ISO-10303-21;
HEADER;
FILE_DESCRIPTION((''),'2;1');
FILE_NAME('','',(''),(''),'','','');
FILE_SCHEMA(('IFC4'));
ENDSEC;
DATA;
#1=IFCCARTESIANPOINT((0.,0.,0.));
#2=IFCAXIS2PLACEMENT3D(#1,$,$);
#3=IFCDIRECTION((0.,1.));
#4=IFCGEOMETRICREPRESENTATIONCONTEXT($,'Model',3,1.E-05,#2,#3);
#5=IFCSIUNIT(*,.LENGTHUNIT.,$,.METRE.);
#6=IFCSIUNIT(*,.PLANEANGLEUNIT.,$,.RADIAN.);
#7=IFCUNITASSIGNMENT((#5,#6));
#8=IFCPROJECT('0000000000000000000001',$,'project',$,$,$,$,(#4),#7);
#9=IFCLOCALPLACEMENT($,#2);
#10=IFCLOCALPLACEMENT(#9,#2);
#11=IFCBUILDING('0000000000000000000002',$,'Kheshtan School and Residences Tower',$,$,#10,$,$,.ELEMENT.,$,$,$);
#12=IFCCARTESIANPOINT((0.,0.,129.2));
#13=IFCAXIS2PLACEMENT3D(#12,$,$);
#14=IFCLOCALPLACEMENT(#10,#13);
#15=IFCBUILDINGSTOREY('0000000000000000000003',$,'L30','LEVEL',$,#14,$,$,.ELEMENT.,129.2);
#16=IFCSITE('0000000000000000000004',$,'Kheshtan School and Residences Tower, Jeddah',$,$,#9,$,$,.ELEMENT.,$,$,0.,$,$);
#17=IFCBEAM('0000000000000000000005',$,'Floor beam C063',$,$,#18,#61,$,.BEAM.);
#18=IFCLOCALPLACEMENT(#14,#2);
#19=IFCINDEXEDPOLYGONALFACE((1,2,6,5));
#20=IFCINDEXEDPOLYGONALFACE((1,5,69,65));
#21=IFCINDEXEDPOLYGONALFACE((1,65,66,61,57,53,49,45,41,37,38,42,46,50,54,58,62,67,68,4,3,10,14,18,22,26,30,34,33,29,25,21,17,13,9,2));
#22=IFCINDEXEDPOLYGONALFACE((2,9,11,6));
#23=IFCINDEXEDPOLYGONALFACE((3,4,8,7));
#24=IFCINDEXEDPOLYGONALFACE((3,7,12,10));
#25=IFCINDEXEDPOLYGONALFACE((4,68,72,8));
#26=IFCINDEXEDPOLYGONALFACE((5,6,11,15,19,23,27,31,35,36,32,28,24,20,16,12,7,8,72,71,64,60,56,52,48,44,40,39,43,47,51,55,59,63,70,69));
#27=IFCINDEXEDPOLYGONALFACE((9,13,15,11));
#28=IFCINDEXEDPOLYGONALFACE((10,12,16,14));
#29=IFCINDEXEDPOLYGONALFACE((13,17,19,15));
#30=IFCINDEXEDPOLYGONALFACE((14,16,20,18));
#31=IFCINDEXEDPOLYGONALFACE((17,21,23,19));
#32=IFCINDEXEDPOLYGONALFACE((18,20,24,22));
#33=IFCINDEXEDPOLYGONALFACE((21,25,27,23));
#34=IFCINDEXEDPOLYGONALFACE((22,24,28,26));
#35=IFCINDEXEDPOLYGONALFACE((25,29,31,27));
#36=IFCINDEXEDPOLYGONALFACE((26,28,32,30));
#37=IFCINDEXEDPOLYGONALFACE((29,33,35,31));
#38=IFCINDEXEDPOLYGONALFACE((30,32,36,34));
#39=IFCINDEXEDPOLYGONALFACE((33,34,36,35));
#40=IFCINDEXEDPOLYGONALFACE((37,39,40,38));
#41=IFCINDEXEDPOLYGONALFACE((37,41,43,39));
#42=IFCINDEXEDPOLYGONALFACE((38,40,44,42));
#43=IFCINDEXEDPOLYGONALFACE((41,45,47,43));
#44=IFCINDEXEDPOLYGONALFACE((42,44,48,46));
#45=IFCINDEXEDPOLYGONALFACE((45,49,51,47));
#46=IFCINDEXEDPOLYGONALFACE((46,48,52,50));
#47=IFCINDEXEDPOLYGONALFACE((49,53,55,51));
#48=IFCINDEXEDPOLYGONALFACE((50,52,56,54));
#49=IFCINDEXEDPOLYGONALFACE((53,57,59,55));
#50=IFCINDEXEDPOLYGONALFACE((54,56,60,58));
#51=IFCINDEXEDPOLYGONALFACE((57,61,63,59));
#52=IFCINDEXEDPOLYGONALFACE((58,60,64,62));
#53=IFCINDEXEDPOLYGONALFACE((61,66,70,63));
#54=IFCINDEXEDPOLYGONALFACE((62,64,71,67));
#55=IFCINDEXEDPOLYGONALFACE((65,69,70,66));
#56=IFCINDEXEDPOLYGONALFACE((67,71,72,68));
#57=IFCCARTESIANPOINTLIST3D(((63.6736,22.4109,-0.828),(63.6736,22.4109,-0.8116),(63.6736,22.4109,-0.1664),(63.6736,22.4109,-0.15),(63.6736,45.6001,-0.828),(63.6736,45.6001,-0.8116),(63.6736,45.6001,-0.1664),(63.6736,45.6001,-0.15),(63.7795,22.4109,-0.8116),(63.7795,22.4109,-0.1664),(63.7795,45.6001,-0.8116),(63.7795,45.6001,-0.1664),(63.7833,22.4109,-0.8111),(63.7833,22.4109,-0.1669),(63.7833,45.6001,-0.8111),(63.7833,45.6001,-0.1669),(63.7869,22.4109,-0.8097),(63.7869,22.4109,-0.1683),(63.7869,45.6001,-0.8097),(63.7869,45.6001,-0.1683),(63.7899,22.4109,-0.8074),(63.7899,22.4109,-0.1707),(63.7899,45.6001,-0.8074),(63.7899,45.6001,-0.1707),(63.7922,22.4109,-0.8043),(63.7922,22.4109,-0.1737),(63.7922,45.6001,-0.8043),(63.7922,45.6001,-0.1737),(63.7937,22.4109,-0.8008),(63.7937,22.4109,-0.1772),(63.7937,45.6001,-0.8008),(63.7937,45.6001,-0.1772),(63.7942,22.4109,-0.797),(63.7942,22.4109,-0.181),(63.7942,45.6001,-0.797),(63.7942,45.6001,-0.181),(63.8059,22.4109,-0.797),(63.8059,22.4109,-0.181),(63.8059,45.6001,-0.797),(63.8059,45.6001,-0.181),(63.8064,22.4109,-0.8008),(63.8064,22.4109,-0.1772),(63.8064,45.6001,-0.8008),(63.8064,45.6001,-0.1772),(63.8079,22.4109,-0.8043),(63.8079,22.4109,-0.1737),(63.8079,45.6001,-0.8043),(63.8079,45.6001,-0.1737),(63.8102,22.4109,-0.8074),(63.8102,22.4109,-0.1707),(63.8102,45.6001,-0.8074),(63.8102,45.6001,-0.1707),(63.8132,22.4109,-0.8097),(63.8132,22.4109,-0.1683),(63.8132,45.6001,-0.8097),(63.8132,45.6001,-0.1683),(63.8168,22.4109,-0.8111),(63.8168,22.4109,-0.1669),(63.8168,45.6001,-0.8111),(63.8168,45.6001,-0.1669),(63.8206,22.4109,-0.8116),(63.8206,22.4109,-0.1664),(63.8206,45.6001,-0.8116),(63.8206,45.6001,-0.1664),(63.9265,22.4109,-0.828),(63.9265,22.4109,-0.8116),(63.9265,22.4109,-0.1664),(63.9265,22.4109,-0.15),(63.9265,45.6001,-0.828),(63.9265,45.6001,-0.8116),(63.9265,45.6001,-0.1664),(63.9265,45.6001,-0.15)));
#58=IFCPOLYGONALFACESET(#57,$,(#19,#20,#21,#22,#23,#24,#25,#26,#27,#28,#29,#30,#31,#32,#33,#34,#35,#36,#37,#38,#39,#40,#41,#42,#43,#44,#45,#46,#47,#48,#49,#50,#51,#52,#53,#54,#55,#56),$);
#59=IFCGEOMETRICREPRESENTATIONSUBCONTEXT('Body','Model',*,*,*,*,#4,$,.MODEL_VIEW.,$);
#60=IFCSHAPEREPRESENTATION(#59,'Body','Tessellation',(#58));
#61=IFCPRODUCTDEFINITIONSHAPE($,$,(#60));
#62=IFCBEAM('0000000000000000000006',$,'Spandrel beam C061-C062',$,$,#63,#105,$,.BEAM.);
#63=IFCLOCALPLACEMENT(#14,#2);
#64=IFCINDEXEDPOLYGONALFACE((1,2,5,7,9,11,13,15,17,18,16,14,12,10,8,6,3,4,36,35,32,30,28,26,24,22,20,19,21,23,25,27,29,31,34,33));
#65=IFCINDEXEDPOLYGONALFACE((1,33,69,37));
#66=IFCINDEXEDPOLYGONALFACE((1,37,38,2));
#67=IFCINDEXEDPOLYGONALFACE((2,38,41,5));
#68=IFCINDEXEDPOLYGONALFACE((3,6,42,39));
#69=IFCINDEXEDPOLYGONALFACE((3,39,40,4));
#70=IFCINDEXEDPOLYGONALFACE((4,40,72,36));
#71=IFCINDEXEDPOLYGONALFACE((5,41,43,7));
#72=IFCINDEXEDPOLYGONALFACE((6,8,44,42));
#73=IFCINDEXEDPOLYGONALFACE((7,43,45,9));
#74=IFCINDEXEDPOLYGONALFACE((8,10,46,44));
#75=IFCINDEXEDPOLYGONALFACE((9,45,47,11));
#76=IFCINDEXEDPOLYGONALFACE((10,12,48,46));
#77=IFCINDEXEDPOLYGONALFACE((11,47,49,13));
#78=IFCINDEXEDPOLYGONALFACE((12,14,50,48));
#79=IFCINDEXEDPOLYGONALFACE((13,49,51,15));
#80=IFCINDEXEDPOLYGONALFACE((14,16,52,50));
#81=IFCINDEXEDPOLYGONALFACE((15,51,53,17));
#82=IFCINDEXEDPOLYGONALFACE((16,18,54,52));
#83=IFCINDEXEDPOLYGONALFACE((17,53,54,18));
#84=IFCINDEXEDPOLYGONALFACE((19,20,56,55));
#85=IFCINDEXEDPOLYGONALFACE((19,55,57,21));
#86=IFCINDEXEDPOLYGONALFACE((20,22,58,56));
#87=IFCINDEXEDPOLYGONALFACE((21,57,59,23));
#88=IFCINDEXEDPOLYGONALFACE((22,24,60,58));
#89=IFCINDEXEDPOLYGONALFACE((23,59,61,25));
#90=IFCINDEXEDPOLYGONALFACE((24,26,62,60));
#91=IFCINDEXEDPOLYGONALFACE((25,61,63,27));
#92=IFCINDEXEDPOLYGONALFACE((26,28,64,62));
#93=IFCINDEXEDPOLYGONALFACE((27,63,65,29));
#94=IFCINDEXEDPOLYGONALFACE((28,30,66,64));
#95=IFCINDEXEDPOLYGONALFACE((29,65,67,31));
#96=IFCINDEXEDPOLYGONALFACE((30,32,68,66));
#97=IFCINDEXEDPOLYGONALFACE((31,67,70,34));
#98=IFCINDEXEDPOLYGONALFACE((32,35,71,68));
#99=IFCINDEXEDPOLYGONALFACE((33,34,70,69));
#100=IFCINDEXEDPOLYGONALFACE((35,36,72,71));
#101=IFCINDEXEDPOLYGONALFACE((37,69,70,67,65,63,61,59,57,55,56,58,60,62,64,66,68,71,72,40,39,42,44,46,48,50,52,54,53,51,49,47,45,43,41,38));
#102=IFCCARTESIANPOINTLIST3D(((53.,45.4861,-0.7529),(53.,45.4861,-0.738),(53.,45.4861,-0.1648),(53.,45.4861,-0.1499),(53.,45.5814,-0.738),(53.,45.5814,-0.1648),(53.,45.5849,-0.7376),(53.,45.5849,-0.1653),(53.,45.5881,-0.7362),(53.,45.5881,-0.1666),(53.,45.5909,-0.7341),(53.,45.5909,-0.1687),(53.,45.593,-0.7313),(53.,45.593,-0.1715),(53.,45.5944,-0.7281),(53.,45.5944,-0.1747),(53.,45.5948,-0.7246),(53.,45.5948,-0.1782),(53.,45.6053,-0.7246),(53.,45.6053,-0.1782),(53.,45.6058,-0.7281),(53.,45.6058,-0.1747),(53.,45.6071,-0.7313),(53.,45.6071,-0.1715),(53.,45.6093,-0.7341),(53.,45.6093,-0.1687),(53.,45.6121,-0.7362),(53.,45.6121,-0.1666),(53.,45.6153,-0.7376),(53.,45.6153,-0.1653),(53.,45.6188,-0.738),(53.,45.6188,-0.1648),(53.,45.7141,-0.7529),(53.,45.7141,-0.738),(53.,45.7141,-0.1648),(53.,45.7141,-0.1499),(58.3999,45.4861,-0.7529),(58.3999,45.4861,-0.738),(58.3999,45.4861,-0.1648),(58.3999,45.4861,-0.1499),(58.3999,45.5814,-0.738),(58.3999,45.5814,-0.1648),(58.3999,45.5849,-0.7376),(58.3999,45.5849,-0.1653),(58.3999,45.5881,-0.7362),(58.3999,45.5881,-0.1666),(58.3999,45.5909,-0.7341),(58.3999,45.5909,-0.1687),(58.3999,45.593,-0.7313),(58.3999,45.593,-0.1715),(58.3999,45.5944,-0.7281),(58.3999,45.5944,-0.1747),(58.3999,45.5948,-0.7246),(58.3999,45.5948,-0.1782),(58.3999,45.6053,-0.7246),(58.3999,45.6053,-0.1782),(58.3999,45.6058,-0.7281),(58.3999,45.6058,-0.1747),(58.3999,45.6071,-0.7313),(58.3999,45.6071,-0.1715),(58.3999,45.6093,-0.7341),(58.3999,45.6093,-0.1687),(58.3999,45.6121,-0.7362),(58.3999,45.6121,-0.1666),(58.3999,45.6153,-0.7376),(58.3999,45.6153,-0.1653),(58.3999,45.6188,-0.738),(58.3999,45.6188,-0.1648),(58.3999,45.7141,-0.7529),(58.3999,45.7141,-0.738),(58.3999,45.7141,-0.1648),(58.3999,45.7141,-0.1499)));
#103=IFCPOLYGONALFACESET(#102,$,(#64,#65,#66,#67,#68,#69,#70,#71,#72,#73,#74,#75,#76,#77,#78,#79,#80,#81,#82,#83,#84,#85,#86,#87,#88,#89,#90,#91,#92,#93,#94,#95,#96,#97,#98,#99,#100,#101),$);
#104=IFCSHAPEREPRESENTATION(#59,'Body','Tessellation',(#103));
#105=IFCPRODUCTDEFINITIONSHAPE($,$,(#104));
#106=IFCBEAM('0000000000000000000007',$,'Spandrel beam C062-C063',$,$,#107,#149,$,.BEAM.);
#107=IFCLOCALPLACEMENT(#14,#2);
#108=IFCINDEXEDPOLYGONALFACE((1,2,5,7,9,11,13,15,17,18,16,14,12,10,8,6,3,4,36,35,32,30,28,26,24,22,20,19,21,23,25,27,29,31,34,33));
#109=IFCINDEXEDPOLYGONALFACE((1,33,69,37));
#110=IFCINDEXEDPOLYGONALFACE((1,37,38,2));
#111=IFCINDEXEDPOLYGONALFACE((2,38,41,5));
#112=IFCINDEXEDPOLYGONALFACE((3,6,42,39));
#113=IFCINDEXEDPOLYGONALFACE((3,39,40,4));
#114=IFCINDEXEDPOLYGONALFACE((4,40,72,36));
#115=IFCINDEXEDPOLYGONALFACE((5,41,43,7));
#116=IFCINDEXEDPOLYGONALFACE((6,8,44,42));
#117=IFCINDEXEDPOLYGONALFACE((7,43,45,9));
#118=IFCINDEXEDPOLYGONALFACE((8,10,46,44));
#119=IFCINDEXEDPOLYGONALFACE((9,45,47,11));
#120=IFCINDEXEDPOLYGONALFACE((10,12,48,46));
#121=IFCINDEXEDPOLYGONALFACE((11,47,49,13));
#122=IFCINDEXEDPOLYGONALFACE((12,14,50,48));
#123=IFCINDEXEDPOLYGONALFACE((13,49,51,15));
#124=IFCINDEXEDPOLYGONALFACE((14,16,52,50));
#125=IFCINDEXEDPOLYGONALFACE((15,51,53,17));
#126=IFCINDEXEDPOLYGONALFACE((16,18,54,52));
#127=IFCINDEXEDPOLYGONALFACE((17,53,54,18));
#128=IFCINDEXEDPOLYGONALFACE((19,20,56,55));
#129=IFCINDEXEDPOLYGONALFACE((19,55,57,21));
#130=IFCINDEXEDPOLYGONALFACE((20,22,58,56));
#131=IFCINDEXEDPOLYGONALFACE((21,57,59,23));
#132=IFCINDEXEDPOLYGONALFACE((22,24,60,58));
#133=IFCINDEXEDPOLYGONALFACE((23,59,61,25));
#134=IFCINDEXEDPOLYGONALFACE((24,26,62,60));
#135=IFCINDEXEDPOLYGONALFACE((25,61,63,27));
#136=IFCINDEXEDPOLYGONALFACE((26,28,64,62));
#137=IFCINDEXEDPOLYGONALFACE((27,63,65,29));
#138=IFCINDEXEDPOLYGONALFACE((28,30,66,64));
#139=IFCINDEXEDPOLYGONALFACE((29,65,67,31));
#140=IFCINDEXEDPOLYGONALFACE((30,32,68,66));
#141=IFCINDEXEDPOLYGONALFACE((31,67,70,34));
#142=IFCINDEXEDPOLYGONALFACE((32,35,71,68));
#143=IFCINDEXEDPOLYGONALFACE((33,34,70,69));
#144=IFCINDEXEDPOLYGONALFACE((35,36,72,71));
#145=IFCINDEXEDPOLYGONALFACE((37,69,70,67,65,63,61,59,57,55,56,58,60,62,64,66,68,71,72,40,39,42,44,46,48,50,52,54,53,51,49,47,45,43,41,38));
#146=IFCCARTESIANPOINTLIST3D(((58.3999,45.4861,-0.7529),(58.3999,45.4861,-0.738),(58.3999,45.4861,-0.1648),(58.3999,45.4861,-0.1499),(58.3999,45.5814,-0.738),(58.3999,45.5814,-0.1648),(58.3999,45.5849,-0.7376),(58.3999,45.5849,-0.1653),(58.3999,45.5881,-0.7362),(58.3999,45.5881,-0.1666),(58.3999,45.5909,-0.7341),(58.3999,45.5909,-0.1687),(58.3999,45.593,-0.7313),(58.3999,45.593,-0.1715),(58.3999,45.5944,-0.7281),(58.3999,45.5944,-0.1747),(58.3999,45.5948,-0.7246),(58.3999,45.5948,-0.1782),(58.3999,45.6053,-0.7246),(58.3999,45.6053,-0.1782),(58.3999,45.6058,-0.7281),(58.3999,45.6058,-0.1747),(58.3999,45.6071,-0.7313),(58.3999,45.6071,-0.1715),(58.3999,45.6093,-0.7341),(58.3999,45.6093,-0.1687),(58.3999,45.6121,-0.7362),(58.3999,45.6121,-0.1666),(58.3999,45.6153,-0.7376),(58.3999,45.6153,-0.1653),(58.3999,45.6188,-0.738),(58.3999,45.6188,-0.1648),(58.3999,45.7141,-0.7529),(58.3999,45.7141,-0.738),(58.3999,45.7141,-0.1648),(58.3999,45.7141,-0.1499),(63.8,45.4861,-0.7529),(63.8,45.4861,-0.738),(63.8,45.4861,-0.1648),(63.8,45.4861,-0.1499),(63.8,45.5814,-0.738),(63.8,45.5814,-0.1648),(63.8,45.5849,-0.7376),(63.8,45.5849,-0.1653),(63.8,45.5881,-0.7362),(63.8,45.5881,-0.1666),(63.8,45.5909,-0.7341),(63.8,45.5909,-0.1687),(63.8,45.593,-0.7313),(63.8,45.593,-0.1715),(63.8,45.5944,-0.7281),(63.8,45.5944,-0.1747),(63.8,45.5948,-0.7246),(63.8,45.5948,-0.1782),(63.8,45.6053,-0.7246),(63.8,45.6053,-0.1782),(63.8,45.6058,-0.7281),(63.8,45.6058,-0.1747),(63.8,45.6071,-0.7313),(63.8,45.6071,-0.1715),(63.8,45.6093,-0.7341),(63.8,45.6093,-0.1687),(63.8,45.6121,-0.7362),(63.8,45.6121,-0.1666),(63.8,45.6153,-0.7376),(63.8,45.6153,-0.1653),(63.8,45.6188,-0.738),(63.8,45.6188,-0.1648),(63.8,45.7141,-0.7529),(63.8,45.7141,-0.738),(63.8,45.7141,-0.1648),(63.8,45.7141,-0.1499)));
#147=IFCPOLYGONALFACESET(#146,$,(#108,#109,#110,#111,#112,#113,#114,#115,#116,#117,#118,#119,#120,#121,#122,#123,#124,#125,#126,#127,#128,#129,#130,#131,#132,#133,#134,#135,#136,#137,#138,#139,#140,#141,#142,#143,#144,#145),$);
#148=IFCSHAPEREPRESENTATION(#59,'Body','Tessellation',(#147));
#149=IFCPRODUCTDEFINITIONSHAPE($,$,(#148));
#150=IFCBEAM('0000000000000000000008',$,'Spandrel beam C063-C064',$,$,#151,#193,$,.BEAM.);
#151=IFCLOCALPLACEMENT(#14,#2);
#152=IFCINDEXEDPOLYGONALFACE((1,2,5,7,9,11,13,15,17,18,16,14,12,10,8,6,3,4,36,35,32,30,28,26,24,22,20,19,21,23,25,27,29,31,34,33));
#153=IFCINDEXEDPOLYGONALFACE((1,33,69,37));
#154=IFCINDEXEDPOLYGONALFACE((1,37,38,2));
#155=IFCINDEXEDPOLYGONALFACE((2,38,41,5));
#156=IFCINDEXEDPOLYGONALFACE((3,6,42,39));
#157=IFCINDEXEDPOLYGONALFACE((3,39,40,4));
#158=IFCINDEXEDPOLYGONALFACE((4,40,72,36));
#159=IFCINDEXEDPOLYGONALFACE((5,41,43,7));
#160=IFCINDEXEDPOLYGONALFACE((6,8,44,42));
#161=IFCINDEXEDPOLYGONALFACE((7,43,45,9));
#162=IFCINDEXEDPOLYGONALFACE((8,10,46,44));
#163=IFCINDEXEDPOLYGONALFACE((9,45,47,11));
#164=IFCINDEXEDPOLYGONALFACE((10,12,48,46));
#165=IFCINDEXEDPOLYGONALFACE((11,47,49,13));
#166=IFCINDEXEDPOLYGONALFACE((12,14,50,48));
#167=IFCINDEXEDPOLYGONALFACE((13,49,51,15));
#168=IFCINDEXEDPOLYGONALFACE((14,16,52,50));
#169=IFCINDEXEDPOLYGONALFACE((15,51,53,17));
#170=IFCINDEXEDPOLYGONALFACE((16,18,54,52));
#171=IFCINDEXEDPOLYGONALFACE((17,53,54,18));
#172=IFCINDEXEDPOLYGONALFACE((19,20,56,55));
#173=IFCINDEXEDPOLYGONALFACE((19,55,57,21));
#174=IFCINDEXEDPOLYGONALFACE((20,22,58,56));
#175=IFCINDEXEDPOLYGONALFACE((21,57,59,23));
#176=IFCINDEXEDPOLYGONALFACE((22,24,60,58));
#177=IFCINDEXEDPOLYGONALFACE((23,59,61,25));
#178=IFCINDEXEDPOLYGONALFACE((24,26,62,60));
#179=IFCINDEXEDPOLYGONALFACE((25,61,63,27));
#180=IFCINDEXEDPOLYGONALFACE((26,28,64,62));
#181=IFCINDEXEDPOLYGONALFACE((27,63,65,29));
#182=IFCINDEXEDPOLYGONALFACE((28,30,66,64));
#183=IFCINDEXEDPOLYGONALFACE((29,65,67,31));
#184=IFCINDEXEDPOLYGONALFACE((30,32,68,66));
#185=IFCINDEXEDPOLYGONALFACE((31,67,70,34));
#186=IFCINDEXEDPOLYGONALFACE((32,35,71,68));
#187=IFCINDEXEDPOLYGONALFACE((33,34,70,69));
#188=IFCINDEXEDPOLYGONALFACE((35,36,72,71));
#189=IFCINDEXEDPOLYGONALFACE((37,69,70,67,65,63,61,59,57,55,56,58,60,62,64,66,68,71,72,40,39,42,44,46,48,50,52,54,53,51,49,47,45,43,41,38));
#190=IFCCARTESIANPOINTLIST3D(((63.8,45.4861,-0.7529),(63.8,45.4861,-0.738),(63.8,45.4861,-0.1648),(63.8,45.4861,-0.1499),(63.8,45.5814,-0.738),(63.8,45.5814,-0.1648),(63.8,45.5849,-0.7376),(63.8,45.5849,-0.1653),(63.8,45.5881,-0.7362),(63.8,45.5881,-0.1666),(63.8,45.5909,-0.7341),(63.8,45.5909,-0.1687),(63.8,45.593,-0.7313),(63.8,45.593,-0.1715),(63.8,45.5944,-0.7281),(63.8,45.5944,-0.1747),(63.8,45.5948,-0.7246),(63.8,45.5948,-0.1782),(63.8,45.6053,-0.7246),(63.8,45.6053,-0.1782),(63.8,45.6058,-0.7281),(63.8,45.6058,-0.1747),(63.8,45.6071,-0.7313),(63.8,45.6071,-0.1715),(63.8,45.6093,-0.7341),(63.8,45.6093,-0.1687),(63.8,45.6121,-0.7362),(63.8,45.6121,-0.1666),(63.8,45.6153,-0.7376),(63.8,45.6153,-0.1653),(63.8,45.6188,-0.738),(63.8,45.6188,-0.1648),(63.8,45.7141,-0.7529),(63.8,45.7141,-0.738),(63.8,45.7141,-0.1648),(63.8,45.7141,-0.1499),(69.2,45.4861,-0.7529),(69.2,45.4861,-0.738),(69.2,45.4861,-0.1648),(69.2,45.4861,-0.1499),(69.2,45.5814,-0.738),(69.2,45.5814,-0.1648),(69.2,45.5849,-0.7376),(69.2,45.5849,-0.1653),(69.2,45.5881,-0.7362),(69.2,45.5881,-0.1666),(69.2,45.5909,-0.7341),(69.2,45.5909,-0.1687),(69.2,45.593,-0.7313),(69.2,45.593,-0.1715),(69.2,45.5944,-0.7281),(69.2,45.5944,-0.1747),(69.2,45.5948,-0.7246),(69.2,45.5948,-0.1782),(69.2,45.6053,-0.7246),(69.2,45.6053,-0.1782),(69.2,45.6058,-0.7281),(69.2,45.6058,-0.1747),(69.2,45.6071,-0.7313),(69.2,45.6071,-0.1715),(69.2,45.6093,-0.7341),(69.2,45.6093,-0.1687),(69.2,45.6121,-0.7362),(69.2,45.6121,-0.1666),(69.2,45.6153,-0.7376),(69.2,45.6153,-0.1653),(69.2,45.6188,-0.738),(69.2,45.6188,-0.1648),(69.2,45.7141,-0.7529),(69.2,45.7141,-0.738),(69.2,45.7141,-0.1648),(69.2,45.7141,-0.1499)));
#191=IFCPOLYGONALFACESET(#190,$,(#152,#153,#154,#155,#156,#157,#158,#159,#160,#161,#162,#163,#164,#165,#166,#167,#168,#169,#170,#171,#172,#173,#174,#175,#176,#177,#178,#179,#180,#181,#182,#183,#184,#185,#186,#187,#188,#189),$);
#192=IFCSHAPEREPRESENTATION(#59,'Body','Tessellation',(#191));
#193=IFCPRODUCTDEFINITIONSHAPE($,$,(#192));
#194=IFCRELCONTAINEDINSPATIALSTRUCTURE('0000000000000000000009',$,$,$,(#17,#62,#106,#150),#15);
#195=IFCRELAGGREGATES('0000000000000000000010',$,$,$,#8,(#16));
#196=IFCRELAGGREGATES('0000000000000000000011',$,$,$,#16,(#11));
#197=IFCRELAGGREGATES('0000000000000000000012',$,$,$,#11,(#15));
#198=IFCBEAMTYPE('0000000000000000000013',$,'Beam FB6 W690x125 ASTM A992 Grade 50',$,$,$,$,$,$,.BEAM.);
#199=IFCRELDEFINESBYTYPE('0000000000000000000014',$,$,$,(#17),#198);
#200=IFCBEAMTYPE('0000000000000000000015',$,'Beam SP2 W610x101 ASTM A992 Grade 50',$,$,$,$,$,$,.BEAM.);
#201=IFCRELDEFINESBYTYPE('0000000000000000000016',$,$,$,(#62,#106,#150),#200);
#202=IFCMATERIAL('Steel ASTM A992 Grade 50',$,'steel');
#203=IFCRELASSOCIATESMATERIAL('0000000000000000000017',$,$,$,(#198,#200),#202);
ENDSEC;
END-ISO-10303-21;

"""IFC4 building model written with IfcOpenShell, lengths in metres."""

from ifc_helpers import new_model, si_unit, direction, frame, origin, origin_2d, place, context, subcontext, project, spatial, i_section, extrude, material, material_profile, profile_set, type_object, element, save


model = new_model("IFC4")

# Units and contexts
model_context = context("Model", 3, precision=1e-05, world=origin(), true_north=direction((0.0, 1.0)))
body_context = subcontext(model_context, "Body", "Model", "MODEL_VIEW")
ifc_project = project(units=[si_unit("LENGTHUNIT", "METRE"), si_unit("PLANEANGLEUNIT", "RADIAN")], contexts=[model_context])

# Site, building, storey
site_placement = place(None, origin())
site = spatial("IfcSite", under=ifc_project, at=site_placement, Name="Kheshtan School and Residences Tower, Jeddah", CompositionType="ELEMENT", RefElevation=0.0)
building_placement = place(site_placement, origin())
building = spatial("IfcBuilding", under=site, at=building_placement, Name="Kheshtan School and Residences Tower", CompositionType="ELEMENT")
storey_placement = place(building_placement, frame((0.0, 0.0, 129.2)))
storey = spatial("IfcBuildingStorey", under=building, at=storey_placement, Name="L30", Description="LEVEL", CompositionType="ELEMENT", Elevation=129.2)

# Shared definitions
ifc_material_1 = material(Name="Steel ASTM A992 Grade 50", Category="steel")

# Beams
ifc_material_profile_1 = material_profile(ifc_material_1, i_section(OverallWidth=0.2529, OverallDepth=0.678, WebThickness=0.0117, FlangeThickness=0.0164, FilletRadius=0.0146, at=origin_2d()), Name="W690x125")
ifc_profile_set_1 = profile_set([ifc_material_profile_1], Name="Steel ASTM A992 Grade 50")
beam_type_1 = type_object("IfcBeamType", Name="Beam FB6 W690x125 ASTM A992 Grade 50", PredefinedType="BEAM", material=ifc_profile_set_1)
beam_1_placement = place(storey_placement, frame((63.8, 45.6001, -0.489), z_axis=(0.0, -1.0, 0.0), x_axis=(1.0, 0.0, 0.0)))
element("IfcBeam", 1, at=beam_1_placement, inside=storey, type_object=beam_type_1, Name="Floor beam C063", PredefinedType="BEAM", context=body_context, shape_type="SweptSolid", body=[
    extrude(i_section(OverallWidth=0.2529, OverallDepth=0.678, WebThickness=0.0117, FlangeThickness=0.0164, FilletRadius=0.0146, at=origin_2d()), origin(), (0.0, 0.0, 1.0), 23.1892),
])
ifc_material_profile_2 = material_profile(ifc_material_1, i_section(OverallWidth=0.228, OverallDepth=0.603, WebThickness=0.0105, FlangeThickness=0.0149, FilletRadius=0.0134, at=origin_2d()), Name="W610x101")
ifc_profile_set_2 = profile_set([ifc_material_profile_2], Name="Steel ASTM A992 Grade 50")
beam_type_2 = type_object("IfcBeamType", Name="Beam SP2 W610x101 ASTM A992 Grade 50", PredefinedType="BEAM", material=ifc_profile_set_2)
beam_2_placement = place(storey_placement, frame((53.0, 45.6001, -0.4514), z_axis=(1.0, 0.0, 0.0), x_axis=(0.0, 1.0, 0.0)))
element("IfcBeam", 2, at=beam_2_placement, inside=storey, type_object=beam_type_2, Name="Spandrel beam C061-C062", PredefinedType="BEAM", context=body_context, shape_type="SweptSolid", body=[
    extrude(i_section(OverallWidth=0.228, OverallDepth=0.603, WebThickness=0.0105, FlangeThickness=0.0149, FilletRadius=0.0134, at=origin_2d()), origin(), (0.0, 0.0, 1.0), 5.3999),
])
beam_3_placement = place(storey_placement, frame((58.3999, 45.6001, -0.4514), z_axis=(1.0, 0.0, 0.0), x_axis=(0.0, 1.0, 0.0)))
element("IfcBeam", 3, at=beam_3_placement, inside=storey, type_object=beam_type_2, Name="Spandrel beam C062-C063", PredefinedType="BEAM", context=body_context, shape_type="SweptSolid", body=[
    extrude(i_section(OverallWidth=0.228, OverallDepth=0.603, WebThickness=0.0105, FlangeThickness=0.0149, FilletRadius=0.0134, at=origin_2d()), origin(), (0.0, 0.0, 1.0), 5.4001),
])
beam_4_placement = place(storey_placement, frame((63.8, 45.6001, -0.4514), z_axis=(1.0, 0.0, 0.0), x_axis=(0.0, 1.0, 0.0)))
element("IfcBeam", 4, at=beam_4_placement, inside=storey, type_object=beam_type_2, Name="Spandrel beam C063-C064", PredefinedType="BEAM", context=body_context, shape_type="SweptSolid", body=[
    extrude(i_section(OverallWidth=0.228, OverallDepth=0.603, WebThickness=0.0105, FlangeThickness=0.0149, FilletRadius=0.0134, at=origin_2d()), origin(), (0.0, 0.0, 1.0), 5.3999),
])

save(model, "model.ifc")
